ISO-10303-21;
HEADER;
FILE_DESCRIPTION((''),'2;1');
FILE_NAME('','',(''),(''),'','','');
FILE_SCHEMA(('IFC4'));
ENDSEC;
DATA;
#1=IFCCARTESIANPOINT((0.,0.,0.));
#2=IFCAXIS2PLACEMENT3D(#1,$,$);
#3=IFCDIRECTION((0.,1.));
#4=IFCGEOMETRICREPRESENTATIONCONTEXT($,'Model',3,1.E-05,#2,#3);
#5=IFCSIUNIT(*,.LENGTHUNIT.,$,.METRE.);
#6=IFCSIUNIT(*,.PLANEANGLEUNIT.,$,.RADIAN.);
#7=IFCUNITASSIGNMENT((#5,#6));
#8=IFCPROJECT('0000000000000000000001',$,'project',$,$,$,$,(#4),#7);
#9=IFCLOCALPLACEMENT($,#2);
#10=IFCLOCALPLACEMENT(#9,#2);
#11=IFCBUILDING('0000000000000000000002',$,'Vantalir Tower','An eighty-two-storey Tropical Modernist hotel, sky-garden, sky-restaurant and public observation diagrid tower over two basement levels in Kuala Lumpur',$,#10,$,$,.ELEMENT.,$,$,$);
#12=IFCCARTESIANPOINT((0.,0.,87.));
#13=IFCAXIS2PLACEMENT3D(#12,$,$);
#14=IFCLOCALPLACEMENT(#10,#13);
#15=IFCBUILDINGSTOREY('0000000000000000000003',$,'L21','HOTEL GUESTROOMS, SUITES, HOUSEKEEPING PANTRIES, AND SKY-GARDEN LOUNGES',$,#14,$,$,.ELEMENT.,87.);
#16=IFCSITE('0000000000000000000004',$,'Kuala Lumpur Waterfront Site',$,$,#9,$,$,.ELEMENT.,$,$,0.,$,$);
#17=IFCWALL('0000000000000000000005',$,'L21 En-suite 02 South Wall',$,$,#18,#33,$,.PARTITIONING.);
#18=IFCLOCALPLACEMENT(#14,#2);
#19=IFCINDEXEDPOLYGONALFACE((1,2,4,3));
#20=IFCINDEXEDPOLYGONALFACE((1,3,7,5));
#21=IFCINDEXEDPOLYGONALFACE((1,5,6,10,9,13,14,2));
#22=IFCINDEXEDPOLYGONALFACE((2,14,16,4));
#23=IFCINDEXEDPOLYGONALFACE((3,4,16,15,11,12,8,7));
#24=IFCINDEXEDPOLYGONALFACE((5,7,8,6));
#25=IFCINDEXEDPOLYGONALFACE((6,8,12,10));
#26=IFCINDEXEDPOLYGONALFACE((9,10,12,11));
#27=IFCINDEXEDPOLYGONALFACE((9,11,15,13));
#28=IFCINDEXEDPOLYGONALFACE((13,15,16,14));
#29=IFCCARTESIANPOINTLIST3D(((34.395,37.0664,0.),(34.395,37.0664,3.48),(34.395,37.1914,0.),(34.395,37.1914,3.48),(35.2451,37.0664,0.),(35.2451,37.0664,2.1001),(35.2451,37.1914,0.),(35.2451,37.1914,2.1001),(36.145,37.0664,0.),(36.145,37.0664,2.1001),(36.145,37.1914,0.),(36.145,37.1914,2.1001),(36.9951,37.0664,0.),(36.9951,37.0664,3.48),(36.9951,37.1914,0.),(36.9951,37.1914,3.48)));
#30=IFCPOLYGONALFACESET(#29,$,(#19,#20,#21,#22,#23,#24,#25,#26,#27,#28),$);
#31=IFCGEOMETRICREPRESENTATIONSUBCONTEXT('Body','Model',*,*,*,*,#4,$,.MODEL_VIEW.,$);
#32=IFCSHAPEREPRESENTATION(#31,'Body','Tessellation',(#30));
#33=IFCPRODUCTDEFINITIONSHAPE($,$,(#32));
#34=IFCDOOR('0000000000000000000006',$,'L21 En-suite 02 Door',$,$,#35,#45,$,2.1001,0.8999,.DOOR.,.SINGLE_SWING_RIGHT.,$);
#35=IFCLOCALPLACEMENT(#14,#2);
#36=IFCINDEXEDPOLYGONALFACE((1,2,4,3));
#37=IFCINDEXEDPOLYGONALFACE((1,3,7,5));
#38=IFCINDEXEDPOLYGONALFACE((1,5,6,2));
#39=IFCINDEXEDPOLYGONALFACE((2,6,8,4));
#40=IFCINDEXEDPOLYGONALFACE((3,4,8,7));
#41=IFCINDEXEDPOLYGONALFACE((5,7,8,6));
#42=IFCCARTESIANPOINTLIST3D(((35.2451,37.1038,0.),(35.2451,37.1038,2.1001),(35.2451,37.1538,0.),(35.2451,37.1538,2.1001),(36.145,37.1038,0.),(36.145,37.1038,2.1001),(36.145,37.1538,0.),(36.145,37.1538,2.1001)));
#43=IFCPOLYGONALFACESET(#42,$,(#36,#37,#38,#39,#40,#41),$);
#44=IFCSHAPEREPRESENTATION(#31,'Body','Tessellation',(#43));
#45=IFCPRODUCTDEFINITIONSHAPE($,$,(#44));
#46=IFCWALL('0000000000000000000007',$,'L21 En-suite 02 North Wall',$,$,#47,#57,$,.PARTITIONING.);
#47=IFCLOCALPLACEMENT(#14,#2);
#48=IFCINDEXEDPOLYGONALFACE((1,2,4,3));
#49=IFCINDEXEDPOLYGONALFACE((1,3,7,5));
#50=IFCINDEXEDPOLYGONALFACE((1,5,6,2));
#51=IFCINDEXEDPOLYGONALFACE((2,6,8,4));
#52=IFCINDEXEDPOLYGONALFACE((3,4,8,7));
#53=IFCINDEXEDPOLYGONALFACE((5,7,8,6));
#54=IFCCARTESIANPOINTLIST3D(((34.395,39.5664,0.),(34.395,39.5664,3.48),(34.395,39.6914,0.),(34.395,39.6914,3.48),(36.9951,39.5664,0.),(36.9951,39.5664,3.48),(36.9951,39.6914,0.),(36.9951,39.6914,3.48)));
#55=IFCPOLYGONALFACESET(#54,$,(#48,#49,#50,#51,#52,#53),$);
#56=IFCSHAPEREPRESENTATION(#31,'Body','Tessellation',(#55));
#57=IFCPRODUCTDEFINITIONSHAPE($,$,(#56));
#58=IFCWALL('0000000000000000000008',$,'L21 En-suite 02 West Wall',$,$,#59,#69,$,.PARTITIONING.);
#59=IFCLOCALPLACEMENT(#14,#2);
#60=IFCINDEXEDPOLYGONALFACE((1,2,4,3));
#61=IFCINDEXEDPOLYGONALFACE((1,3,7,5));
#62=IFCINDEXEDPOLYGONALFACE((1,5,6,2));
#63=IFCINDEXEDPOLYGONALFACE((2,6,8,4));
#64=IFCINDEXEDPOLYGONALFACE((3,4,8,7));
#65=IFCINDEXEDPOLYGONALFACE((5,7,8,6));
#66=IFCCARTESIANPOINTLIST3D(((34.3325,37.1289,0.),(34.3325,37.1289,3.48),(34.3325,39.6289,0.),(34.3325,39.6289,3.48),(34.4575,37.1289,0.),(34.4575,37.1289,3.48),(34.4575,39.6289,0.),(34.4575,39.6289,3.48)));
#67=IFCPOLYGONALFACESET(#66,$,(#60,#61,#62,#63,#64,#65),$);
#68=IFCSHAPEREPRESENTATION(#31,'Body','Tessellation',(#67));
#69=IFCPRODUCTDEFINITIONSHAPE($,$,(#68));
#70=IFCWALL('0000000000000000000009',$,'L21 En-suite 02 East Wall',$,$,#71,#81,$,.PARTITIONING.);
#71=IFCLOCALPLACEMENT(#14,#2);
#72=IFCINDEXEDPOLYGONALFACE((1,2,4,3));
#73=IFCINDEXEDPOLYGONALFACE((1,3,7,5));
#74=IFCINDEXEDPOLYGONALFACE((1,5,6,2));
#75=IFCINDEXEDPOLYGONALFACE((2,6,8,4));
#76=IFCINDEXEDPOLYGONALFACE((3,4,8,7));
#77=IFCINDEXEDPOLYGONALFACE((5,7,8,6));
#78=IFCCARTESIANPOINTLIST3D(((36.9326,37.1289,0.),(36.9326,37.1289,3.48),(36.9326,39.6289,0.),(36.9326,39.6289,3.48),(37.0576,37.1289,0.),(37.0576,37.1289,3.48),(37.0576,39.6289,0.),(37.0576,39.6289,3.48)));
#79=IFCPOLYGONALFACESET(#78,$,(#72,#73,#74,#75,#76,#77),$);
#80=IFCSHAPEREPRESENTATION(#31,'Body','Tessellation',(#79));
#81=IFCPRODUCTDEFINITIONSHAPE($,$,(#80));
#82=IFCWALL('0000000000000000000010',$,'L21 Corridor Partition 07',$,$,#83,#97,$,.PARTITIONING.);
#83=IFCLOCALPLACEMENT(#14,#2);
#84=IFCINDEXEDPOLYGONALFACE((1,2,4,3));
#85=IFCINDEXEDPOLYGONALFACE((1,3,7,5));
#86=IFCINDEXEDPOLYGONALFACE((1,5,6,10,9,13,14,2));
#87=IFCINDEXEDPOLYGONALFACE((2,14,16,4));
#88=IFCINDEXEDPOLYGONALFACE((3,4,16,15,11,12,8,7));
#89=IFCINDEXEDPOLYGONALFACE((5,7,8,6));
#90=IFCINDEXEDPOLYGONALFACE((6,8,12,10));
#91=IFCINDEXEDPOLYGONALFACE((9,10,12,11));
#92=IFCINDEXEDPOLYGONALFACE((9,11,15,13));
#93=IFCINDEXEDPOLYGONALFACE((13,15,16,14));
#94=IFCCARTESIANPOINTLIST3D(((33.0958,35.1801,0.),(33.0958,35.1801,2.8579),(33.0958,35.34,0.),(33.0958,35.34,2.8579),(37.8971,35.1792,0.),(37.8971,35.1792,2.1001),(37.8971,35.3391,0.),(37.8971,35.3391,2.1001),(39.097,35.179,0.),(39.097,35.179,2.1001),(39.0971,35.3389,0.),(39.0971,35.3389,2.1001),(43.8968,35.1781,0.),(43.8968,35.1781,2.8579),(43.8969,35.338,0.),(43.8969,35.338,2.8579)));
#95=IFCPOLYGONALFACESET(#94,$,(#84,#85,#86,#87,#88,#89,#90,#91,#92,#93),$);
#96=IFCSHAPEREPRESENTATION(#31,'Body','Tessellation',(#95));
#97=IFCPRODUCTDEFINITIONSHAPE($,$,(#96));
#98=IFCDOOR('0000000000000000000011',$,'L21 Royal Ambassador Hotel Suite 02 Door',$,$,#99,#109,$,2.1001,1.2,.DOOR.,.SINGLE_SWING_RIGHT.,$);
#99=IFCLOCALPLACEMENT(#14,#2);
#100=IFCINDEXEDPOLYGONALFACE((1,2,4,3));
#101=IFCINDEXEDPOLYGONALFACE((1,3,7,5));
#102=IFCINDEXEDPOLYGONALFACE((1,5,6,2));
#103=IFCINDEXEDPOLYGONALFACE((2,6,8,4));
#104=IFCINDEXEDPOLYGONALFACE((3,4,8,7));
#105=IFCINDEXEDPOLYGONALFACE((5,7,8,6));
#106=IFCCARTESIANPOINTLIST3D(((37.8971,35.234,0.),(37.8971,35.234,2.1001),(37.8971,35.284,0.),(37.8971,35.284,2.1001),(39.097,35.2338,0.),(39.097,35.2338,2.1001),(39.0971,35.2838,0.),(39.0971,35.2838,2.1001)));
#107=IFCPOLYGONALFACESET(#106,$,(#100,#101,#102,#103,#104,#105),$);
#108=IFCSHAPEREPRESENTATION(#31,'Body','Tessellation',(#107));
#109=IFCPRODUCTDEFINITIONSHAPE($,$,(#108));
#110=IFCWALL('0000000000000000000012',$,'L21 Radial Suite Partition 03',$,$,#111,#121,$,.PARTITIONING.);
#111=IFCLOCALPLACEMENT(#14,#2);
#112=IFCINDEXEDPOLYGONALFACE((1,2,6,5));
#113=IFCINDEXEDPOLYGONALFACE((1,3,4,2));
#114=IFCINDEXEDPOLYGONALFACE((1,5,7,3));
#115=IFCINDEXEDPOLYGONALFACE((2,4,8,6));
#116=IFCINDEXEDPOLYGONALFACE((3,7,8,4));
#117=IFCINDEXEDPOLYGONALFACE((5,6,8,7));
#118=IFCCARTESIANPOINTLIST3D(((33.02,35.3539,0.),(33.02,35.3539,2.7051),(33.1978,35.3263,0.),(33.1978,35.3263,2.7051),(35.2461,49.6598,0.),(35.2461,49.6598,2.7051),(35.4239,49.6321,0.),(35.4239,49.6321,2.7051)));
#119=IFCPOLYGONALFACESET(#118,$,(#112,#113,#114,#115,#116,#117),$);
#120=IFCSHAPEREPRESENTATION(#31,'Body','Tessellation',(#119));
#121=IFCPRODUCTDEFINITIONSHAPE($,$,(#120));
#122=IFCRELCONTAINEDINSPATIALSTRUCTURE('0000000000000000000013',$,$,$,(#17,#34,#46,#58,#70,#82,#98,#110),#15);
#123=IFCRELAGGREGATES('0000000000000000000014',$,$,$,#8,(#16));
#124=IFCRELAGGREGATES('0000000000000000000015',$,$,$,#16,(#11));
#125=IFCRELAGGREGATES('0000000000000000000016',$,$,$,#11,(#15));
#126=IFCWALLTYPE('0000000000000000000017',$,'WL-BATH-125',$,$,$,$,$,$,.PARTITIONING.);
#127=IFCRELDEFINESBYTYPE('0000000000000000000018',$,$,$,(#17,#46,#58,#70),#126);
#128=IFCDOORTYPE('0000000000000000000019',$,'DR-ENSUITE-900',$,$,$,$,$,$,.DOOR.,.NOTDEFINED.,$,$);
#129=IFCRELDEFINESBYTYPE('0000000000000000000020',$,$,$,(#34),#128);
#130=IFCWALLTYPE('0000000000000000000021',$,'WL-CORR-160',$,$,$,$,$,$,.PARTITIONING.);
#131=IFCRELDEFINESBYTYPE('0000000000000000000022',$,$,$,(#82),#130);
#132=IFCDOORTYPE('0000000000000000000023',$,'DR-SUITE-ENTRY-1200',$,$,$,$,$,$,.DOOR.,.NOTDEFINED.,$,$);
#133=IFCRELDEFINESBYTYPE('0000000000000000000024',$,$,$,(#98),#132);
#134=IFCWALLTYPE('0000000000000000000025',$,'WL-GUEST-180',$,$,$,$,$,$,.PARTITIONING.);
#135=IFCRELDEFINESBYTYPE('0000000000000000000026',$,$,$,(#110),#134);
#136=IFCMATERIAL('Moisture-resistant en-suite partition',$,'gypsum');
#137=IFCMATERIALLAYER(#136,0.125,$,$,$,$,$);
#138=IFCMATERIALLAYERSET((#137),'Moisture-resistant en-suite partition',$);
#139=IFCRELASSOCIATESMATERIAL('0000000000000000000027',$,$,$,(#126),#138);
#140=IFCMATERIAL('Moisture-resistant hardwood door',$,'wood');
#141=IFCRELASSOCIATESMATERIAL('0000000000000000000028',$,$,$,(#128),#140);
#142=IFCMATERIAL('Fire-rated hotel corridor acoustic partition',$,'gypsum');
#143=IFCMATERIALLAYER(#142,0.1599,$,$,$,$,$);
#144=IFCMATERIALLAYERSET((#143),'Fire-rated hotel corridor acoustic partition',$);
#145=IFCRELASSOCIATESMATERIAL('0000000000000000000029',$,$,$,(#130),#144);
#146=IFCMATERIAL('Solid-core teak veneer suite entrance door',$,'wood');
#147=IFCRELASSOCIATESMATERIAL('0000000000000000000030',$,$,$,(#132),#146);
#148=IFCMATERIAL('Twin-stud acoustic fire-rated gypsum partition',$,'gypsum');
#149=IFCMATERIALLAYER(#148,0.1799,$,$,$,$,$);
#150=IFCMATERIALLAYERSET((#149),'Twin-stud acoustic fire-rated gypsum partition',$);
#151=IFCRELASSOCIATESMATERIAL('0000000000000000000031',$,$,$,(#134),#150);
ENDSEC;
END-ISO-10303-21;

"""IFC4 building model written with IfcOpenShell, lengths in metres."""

from ifc_helpers import new_model, si_unit, direction, frame, frame_2d, origin, place, context, subcontext, project, spatial, rectangle, extrude, material, layer, layer_set, type_object, element, fill, save


model = new_model("IFC4")

# Units and contexts
model_context = context("Model", 3, precision=1e-05, world=origin(), true_north=direction((0.0, 1.0)))
body_context = subcontext(model_context, "Body", "Model", "MODEL_VIEW")
ifc_project = project(units=[si_unit("LENGTHUNIT", "METRE"), si_unit("PLANEANGLEUNIT", "RADIAN")], contexts=[model_context])

# Site, building, storey
site_placement = place(None, origin())
site = spatial("IfcSite", under=ifc_project, at=site_placement, Name="Kuala Lumpur Waterfront Site", CompositionType="ELEMENT", RefElevation=0.0)
building_placement = place(site_placement, origin())
building = spatial("IfcBuilding", under=site, at=building_placement, Name="Vantalir Tower", Description="An eighty-two-storey Tropical Modernist hotel, sky-garden, sky-restaurant and public observation diagrid tower over two basement levels in Kuala Lumpur", CompositionType="ELEMENT")
storey_placement = place(building_placement, frame((0.0, 0.0, 87.0)))
storey = spatial("IfcBuildingStorey", under=building, at=storey_placement, Name="L21", Description="HOTEL GUESTROOMS, SUITES, HOUSEKEEPING PANTRIES, AND SKY-GARDEN LOUNGES", CompositionType="ELEMENT", Elevation=87.0)

# Wall, opening, door
ifc_material_1 = material(Name="Moisture-resistant en-suite partition", Category="gypsum")
ifc_layer_1 = layer(ifc_material_1, 0.125)
ifc_layer_set_1 = layer_set([ifc_layer_1], Name="Moisture-resistant en-suite partition")
wall_type_1 = type_object("IfcWallType", Name="WL-BATH-125", PredefinedType="PARTITIONING", material=ifc_layer_set_1)
wall_1_placement = place(storey_placement, frame((34.395, 37.1289, 0.0), z_axis=(0.0, 0.0, 1.0), x_axis=(1.0, 0.0, 0.0)))
wall_1 = element("IfcWall", 1, at=wall_1_placement, inside=storey, type_object=wall_type_1, Name="L21 En-suite 02 South Wall", PredefinedType="PARTITIONING", context=body_context, shape_type="SweptSolid", body=[
    extrude(rectangle(XDim=2.6001, YDim=0.125, at=frame_2d((1.3, 0.0))), origin(), (0.0, 0.0, 1.0), 3.48),
])
opening_1_placement = place(wall_1_placement, frame((0.8501, 0.0, 0.0)))
opening_1 = element("IfcOpeningElement", 2, at=opening_1_placement, cuts=wall_1, PredefinedType="OPENING", context=body_context, shape_type="SweptSolid", body=[
    extrude(rectangle(XDim=0.8999, YDim=2.1001, at=frame_2d((0.45, 1.05))), frame((0.0, 0.0725, 0.0), z_axis=(0.0, -1.0, 0.0), x_axis=(1.0, 0.0, 0.0)), (0.0, 0.0, 1.0), 0.145),
])
ifc_material_2 = material(Name="Moisture-resistant hardwood door", Category="wood")
door_type_1 = type_object("IfcDoorType", Name="DR-ENSUITE-900", OperationType="NOTDEFINED", PredefinedType="DOOR", material=ifc_material_2)
door_1_placement = place(opening_1_placement, origin())
door_1 = element("IfcDoor", 3, at=door_1_placement, inside=storey, type_object=door_type_1, Name="L21 En-suite 02 Door", OperationType="SINGLE_SWING_RIGHT", OverallHeight=2.1001, OverallWidth=0.8999, PredefinedType="DOOR", context=body_context, shape_type="SweptSolid", body=[
    extrude(rectangle(XDim=0.8999, YDim=2.1001, at=frame_2d((0.45, 1.05))), frame((0.0, 0.0249, 0.0), z_axis=(0.0, -1.0, 0.0), x_axis=(1.0, 0.0, 0.0)), (0.0, 0.0, 1.0), 0.05),
])
fill(opening_1, door_1)

# Walls
wall_2_placement = place(storey_placement, frame((34.395, 39.6289, 0.0), z_axis=(0.0, 0.0, 1.0), x_axis=(1.0, 0.0, 0.0)))
element("IfcWall", 4, at=wall_2_placement, inside=storey, type_object=wall_type_1, Name="L21 En-suite 02 North Wall", PredefinedType="PARTITIONING", context=body_context, shape_type="SweptSolid", body=[
    extrude(rectangle(XDim=2.6001, YDim=0.125, at=frame_2d((1.3, 0.0))), origin(), (0.0, 0.0, 1.0), 3.48),
])
for number, where, z_axis, x_axis, name in (
    (5, (34.395, 37.1289, 0.0), (0.0, 0.0, 1.0), (0.0, 1.0, 0.0), "L21 En-suite 02 West Wall"),
    (6, (36.9951, 37.1289, 0.0), (0.0, 0.0, 1.0), (0.0, 1.0, 0.0), "L21 En-suite 02 East Wall"),
):
    element("IfcWall", number, at=place(storey_placement, frame(where, z_axis=z_axis, x_axis=x_axis)), inside=storey, type_object=wall_type_1, Name=name, PredefinedType="PARTITIONING", context=body_context, shape_type="SweptSolid", body=[
        extrude(rectangle(XDim=2.5, YDim=0.125, at=frame_2d((1.25, 0.0))), origin(), (0.0, 0.0, 1.0), 3.48),
    ])

# Wall, opening, door
ifc_material_3 = material(Name="Fire-rated hotel corridor acoustic partition", Category="gypsum")
ifc_layer_2 = layer(ifc_material_3, 0.1599)
ifc_layer_set_2 = layer_set([ifc_layer_2], Name="Fire-rated hotel corridor acoustic partition")
wall_type_2 = type_object("IfcWallType", Name="WL-CORR-160", PredefinedType="PARTITIONING", material=ifc_layer_set_2)
wall_3_placement = place(storey_placement, frame((33.0959, 35.26, 0.0), z_axis=(0.0, 0.0, 1.0), x_axis=(1.0, -0.000181, 0.0)))
wall_3 = element("IfcWall", 7, at=wall_3_placement, inside=storey, type_object=wall_type_2, Name="L21 Corridor Partition 07", PredefinedType="PARTITIONING", context=body_context, shape_type="SweptSolid", body=[
    extrude(rectangle(XDim=10.801, YDim=0.1599, at=frame_2d((5.4004, 0.0))), origin(), (0.0, 0.0, 1.0), 2.8579),
])
opening_2_placement = place(wall_3_placement, frame((4.801, 0.0, 0.0)))
opening_2 = element("IfcOpeningElement", 8, at=opening_2_placement, cuts=wall_3, PredefinedType="OPENING", context=body_context, shape_type="SweptSolid", body=[
    extrude(rectangle(XDim=1.2, YDim=2.1001, at=frame_2d((0.6001, 1.05))), frame((0.0, 0.0898, 0.0), z_axis=(0.0, -1.0, 0.0), x_axis=(1.0, 0.0, 0.0)), (0.0, 0.0, 1.0), 0.1799),
])
ifc_material_4 = material(Name="Solid-core teak veneer suite entrance door", Category="wood")
door_type_2 = type_object("IfcDoorType", Name="DR-SUITE-ENTRY-1200", OperationType="NOTDEFINED", PredefinedType="DOOR", material=ifc_material_4)
door_2_placement = place(opening_2_placement, origin())
door_2 = element("IfcDoor", 9, at=door_2_placement, inside=storey, type_object=door_type_2, Name="L21 Royal Ambassador Hotel Suite 02 Door", OperationType="SINGLE_SWING_RIGHT", OverallHeight=2.1001, OverallWidth=1.2, PredefinedType="DOOR", context=body_context, shape_type="SweptSolid", body=[
    extrude(rectangle(XDim=1.2, YDim=2.1001, at=frame_2d((0.6001, 1.05))), frame((0.0, 0.0249, 0.0), z_axis=(0.0, -1.0, 0.0), x_axis=(1.0, 0.0, 0.0)), (0.0, 0.0, 1.0), 0.05),
])
fill(opening_2, door_2)

# Wall
ifc_material_5 = material(Name="Twin-stud acoustic fire-rated gypsum partition", Category="gypsum")
ifc_layer_3 = layer(ifc_material_5, 0.1799)
ifc_layer_set_3 = layer_set([ifc_layer_3], Name="Twin-stud acoustic fire-rated gypsum partition")
wall_type_3 = type_object("IfcWallType", Name="WL-GUEST-180", PredefinedType="PARTITIONING", material=ifc_layer_set_3)
wall_4_placement = place(storey_placement, frame((33.1089, 35.3401, 0.0), z_axis=(0.0, 0.0, 1.0), x_axis=(0.153755, 0.988109, 0.0)))
element("IfcWall", 10, at=wall_4_placement, inside=storey, type_object=wall_type_3, Name="L21 Radial Suite Partition 03", PredefinedType="PARTITIONING", context=body_context, shape_type="SweptSolid", body=[
    extrude(rectangle(XDim=14.478, YDim=0.1799, at=frame_2d((7.239, 0.0))), origin(), (0.0, 0.0, 1.0), 2.7051),
])

save(model, "model.ifc")
